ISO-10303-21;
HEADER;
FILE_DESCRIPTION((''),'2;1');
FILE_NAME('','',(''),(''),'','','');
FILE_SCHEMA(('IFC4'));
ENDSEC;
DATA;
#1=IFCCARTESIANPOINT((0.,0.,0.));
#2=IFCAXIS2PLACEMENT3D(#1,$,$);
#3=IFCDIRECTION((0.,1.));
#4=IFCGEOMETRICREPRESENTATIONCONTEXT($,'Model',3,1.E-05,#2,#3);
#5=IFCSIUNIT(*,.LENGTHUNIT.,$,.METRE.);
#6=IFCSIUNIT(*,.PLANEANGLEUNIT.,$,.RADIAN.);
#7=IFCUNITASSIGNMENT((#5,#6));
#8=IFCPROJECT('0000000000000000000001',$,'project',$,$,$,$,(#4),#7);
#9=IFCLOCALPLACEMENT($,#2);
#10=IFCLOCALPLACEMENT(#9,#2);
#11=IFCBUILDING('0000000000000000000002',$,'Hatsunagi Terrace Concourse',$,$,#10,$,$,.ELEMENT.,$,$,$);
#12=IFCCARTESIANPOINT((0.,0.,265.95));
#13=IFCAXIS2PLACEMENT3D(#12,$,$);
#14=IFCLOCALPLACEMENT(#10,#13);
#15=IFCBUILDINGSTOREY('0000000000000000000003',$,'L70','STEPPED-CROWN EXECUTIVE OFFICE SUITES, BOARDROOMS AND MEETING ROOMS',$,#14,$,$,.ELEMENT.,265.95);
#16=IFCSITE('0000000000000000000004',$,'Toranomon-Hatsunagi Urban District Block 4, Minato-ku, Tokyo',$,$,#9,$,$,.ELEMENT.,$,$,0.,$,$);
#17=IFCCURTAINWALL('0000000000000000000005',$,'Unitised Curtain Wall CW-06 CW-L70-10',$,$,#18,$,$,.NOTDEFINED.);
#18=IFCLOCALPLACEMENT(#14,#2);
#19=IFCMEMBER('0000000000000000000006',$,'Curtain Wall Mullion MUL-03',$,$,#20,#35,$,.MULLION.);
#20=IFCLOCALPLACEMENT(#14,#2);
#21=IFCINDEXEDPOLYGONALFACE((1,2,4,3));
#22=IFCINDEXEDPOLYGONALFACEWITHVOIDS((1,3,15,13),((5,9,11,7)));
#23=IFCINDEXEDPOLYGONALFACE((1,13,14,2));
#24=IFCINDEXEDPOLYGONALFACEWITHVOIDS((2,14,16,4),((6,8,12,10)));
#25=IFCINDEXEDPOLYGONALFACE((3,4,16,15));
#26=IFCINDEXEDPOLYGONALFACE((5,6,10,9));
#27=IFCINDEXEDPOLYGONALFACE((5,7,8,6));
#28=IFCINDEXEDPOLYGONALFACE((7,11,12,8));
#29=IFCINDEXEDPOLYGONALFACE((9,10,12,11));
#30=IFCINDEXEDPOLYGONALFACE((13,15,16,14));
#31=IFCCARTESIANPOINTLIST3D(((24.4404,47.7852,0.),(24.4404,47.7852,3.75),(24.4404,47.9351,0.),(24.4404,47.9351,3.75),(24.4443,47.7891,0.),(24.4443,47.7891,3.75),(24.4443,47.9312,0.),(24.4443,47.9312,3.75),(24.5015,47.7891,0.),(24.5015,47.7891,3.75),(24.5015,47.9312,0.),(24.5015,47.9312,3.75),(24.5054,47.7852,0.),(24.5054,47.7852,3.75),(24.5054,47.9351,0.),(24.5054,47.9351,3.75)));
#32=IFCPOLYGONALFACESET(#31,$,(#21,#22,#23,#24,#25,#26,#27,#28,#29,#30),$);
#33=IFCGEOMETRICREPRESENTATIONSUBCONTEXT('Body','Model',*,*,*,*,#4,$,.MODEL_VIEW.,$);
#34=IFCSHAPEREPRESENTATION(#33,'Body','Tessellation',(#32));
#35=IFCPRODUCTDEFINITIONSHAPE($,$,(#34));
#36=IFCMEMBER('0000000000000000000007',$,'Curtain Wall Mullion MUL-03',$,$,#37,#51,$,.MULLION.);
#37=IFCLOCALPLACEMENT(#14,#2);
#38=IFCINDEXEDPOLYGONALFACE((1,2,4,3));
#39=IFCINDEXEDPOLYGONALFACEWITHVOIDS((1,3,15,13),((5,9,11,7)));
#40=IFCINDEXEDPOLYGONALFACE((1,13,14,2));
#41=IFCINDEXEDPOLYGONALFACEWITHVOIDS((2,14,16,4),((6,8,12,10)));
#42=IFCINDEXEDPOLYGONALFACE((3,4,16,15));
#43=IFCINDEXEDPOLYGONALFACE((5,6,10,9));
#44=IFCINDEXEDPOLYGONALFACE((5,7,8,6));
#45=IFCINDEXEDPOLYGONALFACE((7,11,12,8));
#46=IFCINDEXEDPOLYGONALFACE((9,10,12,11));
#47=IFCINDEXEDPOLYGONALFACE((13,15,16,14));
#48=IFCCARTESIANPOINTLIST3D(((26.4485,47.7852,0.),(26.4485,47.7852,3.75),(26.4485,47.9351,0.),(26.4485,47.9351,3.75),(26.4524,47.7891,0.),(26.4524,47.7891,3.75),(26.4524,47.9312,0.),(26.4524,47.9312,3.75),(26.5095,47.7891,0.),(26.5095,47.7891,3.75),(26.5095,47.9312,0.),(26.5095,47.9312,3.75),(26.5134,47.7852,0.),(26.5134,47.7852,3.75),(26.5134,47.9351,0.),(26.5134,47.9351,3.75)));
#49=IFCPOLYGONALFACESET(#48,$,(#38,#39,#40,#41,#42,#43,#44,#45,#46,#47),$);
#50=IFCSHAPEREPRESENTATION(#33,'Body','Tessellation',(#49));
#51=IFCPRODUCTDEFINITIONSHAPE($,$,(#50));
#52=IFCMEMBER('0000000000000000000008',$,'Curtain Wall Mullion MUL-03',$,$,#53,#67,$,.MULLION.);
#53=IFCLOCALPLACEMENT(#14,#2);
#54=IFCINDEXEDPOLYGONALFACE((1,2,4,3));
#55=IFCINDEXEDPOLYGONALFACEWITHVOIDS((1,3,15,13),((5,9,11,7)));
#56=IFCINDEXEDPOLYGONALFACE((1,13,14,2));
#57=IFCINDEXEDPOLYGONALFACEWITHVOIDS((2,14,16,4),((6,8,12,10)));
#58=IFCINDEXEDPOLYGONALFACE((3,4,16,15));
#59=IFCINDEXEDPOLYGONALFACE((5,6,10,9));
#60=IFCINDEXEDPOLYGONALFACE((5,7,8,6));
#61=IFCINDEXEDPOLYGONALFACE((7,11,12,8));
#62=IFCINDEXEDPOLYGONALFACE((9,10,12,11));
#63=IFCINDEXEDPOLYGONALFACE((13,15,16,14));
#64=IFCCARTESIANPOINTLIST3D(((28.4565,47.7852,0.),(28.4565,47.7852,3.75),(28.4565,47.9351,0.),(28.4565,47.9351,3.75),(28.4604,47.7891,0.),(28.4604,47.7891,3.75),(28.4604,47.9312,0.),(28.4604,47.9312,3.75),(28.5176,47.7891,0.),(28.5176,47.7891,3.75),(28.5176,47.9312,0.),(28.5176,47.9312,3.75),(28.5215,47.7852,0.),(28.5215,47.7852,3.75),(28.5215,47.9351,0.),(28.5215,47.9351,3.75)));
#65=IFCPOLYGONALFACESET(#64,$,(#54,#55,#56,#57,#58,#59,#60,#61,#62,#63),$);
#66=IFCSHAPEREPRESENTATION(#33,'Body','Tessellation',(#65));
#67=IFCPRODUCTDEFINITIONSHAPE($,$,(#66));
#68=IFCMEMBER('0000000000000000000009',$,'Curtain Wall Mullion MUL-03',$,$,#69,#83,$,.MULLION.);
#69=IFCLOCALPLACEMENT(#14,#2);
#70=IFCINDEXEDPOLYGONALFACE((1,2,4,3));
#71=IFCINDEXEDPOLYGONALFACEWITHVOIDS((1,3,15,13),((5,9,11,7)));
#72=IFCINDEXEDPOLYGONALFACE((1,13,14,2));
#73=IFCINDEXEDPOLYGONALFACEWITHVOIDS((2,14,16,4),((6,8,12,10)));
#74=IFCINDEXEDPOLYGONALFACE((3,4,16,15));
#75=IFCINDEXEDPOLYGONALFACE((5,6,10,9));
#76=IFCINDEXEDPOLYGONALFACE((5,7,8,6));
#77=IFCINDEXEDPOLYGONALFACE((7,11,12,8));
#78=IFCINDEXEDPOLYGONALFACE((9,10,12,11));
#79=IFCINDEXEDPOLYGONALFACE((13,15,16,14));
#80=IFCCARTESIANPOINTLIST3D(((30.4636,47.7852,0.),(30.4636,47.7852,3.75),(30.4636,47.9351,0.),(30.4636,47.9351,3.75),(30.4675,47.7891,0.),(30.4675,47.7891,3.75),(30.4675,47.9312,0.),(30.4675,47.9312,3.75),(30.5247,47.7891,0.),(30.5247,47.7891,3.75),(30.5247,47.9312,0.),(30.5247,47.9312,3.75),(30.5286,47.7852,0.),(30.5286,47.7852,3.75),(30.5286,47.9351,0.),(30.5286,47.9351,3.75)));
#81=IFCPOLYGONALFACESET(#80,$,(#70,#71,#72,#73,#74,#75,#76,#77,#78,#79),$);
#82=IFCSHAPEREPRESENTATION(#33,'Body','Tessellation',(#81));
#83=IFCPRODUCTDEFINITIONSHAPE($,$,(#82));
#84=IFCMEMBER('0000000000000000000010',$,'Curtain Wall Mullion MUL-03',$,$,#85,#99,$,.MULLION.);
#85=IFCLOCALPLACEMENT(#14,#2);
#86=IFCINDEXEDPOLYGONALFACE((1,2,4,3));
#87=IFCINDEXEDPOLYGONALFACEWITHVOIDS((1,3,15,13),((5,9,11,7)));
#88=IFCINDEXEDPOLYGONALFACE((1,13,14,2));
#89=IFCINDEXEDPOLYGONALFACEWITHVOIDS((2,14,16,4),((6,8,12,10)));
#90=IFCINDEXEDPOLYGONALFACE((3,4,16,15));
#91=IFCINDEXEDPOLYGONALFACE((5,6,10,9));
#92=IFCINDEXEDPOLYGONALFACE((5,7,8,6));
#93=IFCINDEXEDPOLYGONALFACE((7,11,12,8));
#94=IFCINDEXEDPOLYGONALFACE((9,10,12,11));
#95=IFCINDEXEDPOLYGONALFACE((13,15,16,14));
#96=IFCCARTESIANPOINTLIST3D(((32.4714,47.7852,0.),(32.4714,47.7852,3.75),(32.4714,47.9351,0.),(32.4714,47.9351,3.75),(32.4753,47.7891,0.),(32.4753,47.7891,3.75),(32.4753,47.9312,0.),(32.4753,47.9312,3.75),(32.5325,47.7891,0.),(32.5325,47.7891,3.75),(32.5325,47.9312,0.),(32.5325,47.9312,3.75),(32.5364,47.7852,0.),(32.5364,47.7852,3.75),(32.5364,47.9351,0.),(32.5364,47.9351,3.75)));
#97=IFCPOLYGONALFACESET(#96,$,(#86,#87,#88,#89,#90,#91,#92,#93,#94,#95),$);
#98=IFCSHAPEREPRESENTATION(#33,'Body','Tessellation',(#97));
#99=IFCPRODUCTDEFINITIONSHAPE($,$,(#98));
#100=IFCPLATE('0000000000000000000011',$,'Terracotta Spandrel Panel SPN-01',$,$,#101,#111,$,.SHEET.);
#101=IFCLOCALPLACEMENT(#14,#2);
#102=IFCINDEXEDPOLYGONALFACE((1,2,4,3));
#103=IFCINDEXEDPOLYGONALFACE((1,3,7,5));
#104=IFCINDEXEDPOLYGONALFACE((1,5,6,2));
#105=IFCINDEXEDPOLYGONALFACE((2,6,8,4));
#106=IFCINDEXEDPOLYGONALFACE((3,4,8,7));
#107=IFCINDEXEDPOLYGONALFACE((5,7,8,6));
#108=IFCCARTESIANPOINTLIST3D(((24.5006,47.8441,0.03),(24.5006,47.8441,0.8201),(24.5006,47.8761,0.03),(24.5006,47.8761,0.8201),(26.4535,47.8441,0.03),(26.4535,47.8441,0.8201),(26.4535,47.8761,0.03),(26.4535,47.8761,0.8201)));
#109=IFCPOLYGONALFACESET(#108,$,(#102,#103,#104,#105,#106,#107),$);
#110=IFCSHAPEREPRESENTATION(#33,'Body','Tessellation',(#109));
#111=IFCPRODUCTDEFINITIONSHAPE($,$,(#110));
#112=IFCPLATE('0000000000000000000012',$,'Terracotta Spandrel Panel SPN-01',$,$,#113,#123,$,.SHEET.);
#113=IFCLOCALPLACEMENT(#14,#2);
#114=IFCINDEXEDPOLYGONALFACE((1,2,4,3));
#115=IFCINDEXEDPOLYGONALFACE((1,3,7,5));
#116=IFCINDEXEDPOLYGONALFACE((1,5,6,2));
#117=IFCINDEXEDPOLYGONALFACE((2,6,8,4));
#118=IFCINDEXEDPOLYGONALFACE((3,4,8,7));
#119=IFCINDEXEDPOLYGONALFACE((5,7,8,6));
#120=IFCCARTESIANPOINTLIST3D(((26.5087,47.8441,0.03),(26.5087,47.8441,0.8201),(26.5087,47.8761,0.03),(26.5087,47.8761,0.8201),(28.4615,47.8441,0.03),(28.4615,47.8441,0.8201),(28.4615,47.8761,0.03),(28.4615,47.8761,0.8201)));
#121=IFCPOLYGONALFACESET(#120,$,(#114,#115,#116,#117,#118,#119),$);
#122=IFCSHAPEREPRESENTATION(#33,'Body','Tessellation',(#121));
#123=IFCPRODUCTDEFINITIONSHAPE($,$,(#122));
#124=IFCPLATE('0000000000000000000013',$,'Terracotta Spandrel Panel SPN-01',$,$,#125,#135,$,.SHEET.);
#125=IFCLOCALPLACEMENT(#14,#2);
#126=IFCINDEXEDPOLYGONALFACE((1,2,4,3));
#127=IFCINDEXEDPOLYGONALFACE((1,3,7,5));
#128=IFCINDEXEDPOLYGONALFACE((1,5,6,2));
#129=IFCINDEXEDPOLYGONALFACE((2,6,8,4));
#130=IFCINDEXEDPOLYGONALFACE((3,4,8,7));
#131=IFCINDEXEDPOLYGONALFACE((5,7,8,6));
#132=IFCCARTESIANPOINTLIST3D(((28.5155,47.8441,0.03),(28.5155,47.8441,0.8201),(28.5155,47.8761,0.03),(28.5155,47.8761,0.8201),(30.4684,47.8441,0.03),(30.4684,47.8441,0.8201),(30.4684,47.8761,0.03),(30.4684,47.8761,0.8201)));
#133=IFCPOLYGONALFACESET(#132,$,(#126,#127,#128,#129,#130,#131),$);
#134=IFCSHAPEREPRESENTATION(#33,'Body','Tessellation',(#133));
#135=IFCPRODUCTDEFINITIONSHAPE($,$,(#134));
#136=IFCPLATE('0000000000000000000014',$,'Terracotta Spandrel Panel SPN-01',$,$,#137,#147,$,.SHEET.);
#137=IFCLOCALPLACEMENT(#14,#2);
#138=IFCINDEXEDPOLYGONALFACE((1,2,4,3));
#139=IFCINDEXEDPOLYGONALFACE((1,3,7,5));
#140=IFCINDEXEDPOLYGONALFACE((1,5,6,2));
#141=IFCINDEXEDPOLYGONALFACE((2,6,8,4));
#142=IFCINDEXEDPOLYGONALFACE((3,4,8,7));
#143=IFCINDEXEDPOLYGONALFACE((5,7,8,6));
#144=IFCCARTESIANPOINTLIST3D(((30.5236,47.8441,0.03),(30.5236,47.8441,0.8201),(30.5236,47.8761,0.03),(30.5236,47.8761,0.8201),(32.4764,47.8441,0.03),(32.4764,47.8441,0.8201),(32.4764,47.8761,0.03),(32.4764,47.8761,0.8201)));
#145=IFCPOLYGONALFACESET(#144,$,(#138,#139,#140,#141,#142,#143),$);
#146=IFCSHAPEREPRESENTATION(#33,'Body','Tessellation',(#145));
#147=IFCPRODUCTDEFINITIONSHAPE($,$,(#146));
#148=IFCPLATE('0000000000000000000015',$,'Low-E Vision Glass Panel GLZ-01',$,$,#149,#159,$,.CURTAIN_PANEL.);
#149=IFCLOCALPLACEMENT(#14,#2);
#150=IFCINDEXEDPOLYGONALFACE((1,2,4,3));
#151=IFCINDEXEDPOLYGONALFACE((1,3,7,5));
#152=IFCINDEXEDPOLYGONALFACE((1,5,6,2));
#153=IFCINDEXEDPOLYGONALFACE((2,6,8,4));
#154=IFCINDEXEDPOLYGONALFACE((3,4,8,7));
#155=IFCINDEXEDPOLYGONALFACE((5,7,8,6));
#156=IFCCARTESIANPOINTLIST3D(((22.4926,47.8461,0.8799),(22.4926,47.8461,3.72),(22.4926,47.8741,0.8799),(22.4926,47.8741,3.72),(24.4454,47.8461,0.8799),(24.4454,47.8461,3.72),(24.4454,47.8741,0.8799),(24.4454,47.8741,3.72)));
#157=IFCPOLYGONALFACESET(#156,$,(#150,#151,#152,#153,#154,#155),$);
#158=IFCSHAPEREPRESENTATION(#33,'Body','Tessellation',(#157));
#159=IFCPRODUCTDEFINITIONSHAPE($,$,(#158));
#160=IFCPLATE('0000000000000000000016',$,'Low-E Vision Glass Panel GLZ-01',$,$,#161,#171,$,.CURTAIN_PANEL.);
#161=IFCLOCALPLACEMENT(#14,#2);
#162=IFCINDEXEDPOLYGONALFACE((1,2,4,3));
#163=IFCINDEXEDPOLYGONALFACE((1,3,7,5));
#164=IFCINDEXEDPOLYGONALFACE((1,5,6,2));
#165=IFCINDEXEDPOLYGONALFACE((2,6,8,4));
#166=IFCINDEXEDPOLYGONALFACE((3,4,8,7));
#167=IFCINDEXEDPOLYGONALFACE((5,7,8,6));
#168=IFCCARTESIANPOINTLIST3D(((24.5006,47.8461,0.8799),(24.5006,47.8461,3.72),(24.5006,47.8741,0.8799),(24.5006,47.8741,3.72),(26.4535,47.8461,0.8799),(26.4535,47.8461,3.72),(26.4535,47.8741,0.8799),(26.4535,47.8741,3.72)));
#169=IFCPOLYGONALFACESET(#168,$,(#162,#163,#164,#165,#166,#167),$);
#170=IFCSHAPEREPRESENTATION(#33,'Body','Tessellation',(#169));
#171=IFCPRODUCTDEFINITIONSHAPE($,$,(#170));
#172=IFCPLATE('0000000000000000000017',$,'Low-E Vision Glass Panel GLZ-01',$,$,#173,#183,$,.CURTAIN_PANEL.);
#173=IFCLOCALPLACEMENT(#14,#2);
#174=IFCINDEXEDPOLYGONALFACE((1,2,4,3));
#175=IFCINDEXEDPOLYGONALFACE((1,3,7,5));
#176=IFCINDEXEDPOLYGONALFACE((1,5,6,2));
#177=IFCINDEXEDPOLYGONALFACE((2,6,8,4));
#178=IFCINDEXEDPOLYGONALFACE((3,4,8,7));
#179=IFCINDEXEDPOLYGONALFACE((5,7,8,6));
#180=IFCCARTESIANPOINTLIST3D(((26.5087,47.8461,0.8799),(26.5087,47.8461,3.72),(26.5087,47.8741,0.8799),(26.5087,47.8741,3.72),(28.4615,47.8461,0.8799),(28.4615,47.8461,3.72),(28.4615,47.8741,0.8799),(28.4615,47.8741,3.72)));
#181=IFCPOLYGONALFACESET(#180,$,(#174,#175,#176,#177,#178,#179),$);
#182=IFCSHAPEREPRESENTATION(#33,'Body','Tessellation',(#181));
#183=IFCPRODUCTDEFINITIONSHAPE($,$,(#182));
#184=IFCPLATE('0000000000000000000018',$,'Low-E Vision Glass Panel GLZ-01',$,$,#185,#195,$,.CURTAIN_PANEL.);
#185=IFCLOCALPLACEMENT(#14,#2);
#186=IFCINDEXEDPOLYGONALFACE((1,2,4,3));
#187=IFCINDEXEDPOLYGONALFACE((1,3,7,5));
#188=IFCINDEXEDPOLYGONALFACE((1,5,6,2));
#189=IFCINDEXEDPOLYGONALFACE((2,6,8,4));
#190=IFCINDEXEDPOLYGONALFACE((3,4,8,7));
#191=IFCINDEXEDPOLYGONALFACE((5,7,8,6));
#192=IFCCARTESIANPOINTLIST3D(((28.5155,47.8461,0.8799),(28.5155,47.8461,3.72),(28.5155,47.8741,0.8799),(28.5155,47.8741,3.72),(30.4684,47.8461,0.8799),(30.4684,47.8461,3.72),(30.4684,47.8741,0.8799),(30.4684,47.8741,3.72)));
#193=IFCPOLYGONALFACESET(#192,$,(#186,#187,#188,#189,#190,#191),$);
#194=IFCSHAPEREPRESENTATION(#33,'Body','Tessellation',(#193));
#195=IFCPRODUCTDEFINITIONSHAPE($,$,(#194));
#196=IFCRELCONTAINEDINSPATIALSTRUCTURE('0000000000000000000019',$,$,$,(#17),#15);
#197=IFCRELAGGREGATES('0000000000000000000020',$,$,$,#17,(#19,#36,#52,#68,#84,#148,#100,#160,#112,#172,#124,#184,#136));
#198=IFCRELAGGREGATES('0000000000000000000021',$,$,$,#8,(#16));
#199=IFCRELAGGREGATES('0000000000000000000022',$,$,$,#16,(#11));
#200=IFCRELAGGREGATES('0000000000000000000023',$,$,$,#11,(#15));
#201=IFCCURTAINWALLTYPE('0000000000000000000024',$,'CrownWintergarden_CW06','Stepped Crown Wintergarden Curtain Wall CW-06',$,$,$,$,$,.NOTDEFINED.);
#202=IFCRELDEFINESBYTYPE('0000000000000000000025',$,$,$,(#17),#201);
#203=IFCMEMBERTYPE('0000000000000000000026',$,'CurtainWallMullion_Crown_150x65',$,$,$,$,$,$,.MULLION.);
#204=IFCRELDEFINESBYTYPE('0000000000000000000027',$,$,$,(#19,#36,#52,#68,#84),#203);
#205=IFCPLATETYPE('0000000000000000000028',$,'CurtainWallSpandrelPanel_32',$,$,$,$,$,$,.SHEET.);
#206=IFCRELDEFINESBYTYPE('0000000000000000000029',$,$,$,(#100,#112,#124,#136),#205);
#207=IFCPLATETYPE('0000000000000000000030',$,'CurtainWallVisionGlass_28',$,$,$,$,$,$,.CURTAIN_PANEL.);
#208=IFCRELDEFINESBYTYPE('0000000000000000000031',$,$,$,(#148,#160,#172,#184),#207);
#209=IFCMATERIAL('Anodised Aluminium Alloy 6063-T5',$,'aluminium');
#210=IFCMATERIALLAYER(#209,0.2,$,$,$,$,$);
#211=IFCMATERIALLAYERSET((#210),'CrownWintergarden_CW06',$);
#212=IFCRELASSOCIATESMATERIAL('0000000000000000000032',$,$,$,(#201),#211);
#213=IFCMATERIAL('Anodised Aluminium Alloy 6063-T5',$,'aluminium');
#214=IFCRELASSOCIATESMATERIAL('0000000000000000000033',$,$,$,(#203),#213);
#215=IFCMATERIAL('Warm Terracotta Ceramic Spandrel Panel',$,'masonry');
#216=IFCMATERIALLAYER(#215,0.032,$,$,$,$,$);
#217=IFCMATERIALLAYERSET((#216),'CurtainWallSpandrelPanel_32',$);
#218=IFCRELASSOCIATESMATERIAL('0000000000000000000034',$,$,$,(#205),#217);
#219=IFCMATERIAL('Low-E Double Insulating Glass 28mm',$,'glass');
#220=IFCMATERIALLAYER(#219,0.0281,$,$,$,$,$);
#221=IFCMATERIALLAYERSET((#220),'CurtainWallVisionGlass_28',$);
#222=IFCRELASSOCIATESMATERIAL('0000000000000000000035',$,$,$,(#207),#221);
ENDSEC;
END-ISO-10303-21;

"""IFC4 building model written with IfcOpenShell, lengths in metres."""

from ifc_helpers import new_model, si_unit, direction, frame, origin, origin_2d, place, context, subcontext, project, spatial, rectangle, hollow_rectangle, extrude, material, layer, layer_set, material_profile, profile_set, type_object, element, aggregate, save


model = new_model("IFC4")

# Units and contexts
model_context = context("Model", 3, precision=1e-05, world=origin(), true_north=direction((0.0, 1.0)))
body_context = subcontext(model_context, "Body", "Model", "MODEL_VIEW")
ifc_project = project(units=[si_unit("LENGTHUNIT", "METRE"), si_unit("PLANEANGLEUNIT", "RADIAN")], contexts=[model_context])

# Site, building, storey
site_placement = place(None, origin())
site = spatial("IfcSite", under=ifc_project, at=site_placement, Name="Toranomon-Hatsunagi Urban District Block 4, Minato-ku, Tokyo", CompositionType="ELEMENT", RefElevation=0.0)
building_placement = place(site_placement, origin())
building = spatial("IfcBuilding", under=site, at=building_placement, Name="Hatsunagi Terrace Concourse", CompositionType="ELEMENT")
storey_placement = place(building_placement, frame((0.0, 0.0, 265.95)))
storey = spatial("IfcBuildingStorey", under=building, at=storey_placement, Name="L70", Description="STEPPED-CROWN EXECUTIVE OFFICE SUITES, BOARDROOMS AND MEETING ROOMS", CompositionType="ELEMENT", Elevation=265.95)

# Curtain wall, members, plates
ifc_material_1 = material(Name="Anodised Aluminium Alloy 6063-T5", Category="aluminium")
ifc_layer_1 = layer(ifc_material_1, 0.2)
ifc_layer_set_1 = layer_set([ifc_layer_1], Name="CrownWintergarden_CW06")
curtain_wall_type = type_object("IfcCurtainWallType", Name="CrownWintergarden_CW06", Description="Stepped Crown Wintergarden Curtain Wall CW-06", PredefinedType="NOTDEFINED", material=ifc_layer_set_1)
curtain_wall_placement = place(storey_placement, origin())
curtain_wall = element("IfcCurtainWall", 1, at=curtain_wall_placement, inside=storey, type_object=curtain_wall_type, Name="Unitised Curtain Wall CW-06 CW-L70-10", PredefinedType="NOTDEFINED")
ifc_material_2 = material(Name="Anodised Aluminium Alloy 6063-T5", Category="aluminium")
ifc_material_profile = material_profile(ifc_material_2, hollow_rectangle(XDim=0.0649, YDim=0.1499, WallThickness=0.0039, at=origin_2d()), Name="ALU-MUL-150x65x4")
ifc_profile_set = profile_set([ifc_material_profile], Name="Anodised Aluminium Alloy 6063-T5")
member_type = type_object("IfcMemberType", Name="CurtainWallMullion_Crown_150x65", PredefinedType="MULLION", material=ifc_profile_set)
member_1_placement = place(storey_placement, frame((24.4729, 47.8601, 0.0), z_axis=(0.0, 0.0, 1.0), x_axis=(1.0, 0.0, 0.0)))
member_1 = element("IfcMember", 2, at=member_1_placement, type_object=member_type, Name="Curtain Wall Mullion MUL-03", PredefinedType="MULLION", context=body_context, shape_type="SweptSolid", body=[
    extrude(hollow_rectangle(XDim=0.0649, YDim=0.1499, WallThickness=0.0039, at=origin_2d()), origin(), (0.0, 0.0, 1.0), 3.75),
])
member_2_placement = place(storey_placement, frame((26.481, 47.8601, 0.0), z_axis=(0.0, 0.0, 1.0), x_axis=(1.0, 0.0, 0.0)))
member_2 = element("IfcMember", 3, at=member_2_placement, type_object=member_type, Name="Curtain Wall Mullion MUL-03", PredefinedType="MULLION", context=body_context, shape_type="SweptSolid", body=[
    extrude(hollow_rectangle(XDim=0.0649, YDim=0.1499, WallThickness=0.0039, at=origin_2d()), origin(), (0.0, 0.0, 1.0), 3.75),
])
member_3_placement = place(storey_placement, frame((28.489, 47.8601, 0.0), z_axis=(0.0, 0.0, 1.0), x_axis=(1.0, 0.0, 0.0)))
member_3 = element("IfcMember", 4, at=member_3_placement, type_object=member_type, Name="Curtain Wall Mullion MUL-03", PredefinedType="MULLION", context=body_context, shape_type="SweptSolid", body=[
    extrude(hollow_rectangle(XDim=0.0649, YDim=0.1499, WallThickness=0.0039, at=origin_2d()), origin(), (0.0, 0.0, 1.0), 3.75),
])
member_4_placement = place(storey_placement, frame((30.4961, 47.8601, 0.0), z_axis=(0.0, 0.0, 1.0), x_axis=(1.0, 0.0, 0.0)))
member_4 = element("IfcMember", 5, at=member_4_placement, type_object=member_type, Name="Curtain Wall Mullion MUL-03", PredefinedType="MULLION", context=body_context, shape_type="SweptSolid", body=[
    extrude(hollow_rectangle(XDim=0.0649, YDim=0.1499, WallThickness=0.0039, at=origin_2d()), origin(), (0.0, 0.0, 1.0), 3.75),
])
member_5_placement = place(storey_placement, frame((32.5039, 47.8601, 0.0), z_axis=(0.0, 0.0, 1.0), x_axis=(1.0, 0.0, 0.0)))
member_5 = element("IfcMember", 6, at=member_5_placement, type_object=member_type, Name="Curtain Wall Mullion MUL-03", PredefinedType="MULLION", context=body_context, shape_type="SweptSolid", body=[
    extrude(hollow_rectangle(XDim=0.0649, YDim=0.1499, WallThickness=0.0039, at=origin_2d()), origin(), (0.0, 0.0, 1.0), 3.75),
])
ifc_material_3 = material(Name="Warm Terracotta Ceramic Spandrel Panel", Category="masonry")
ifc_layer_2 = layer(ifc_material_3, 0.032)
ifc_layer_set_2 = layer_set([ifc_layer_2], Name="CurtainWallSpandrelPanel_32")
plate_type_1 = type_object("IfcPlateType", Name="CurtainWallSpandrelPanel_32", PredefinedType="SHEET", material=ifc_layer_set_2)
plate_1_placement = place(storey_placement, frame((25.4771, 47.8601, 0.03), z_axis=(0.0, 0.0, 1.0), x_axis=(1.0, 0.0, 0.0)))
plate_1 = element("IfcPlate", 7, at=plate_1_placement, type_object=plate_type_1, Name="Terracotta Spandrel Panel SPN-01", PredefinedType="SHEET", context=body_context, shape_type="SweptSolid", body=[
    extrude(rectangle(XDim=1.9529, YDim=0.032, at=origin_2d()), origin(), (0.0, 0.0, 1.0), 0.79),
])
plate_2_placement = place(storey_placement, frame((27.4851, 47.8601, 0.03), z_axis=(0.0, 0.0, 1.0), x_axis=(1.0, 0.0, 0.0)))
plate_2 = element("IfcPlate", 8, at=plate_2_placement, type_object=plate_type_1, Name="Terracotta Spandrel Panel SPN-01", PredefinedType="SHEET", context=body_context, shape_type="SweptSolid", body=[
    extrude(rectangle(XDim=1.9529, YDim=0.032, at=origin_2d()), origin(), (0.0, 0.0, 1.0), 0.79),
])
plate_3_placement = place(storey_placement, frame((29.4919, 47.8601, 0.03), z_axis=(0.0, 0.0, 1.0), x_axis=(1.0, 0.0, 0.0)))
plate_3 = element("IfcPlate", 9, at=plate_3_placement, type_object=plate_type_1, Name="Terracotta Spandrel Panel SPN-01", PredefinedType="SHEET", context=body_context, shape_type="SweptSolid", body=[
    extrude(rectangle(XDim=1.9529, YDim=0.032, at=origin_2d()), origin(), (0.0, 0.0, 1.0), 0.79),
])
plate_4_placement = place(storey_placement, frame((31.5, 47.8601, 0.03), z_axis=(0.0, 0.0, 1.0), x_axis=(1.0, 0.0, 0.0)))
plate_4 = element("IfcPlate", 10, at=plate_4_placement, type_object=plate_type_1, Name="Terracotta Spandrel Panel SPN-01", PredefinedType="SHEET", context=body_context, shape_type="SweptSolid", body=[
    extrude(rectangle(XDim=1.9529, YDim=0.032, at=origin_2d()), origin(), (0.0, 0.0, 1.0), 0.79),
])
ifc_material_4 = material(Name="Low-E Double Insulating Glass 28mm", Category="glass")
ifc_layer_3 = layer(ifc_material_4, 0.0281)
ifc_layer_set_3 = layer_set([ifc_layer_3], Name="CurtainWallVisionGlass_28")
plate_type_2 = type_object("IfcPlateType", Name="CurtainWallVisionGlass_28", PredefinedType="CURTAIN_PANEL", material=ifc_layer_set_3)
plate_5_placement = place(storey_placement, frame((23.469, 47.8601, 0.8799), z_axis=(0.0, 0.0, 1.0), x_axis=(1.0, 0.0, 0.0)))
plate_5 = element("IfcPlate", 11, at=plate_5_placement, type_object=plate_type_2, Name="Low-E Vision Glass Panel GLZ-01", PredefinedType="CURTAIN_PANEL", context=body_context, shape_type="SweptSolid", body=[
    extrude(rectangle(XDim=1.9529, YDim=0.0281, at=origin_2d()), origin(), (0.0, 0.0, 1.0), 2.8401),
])
plate_6_placement = place(storey_placement, frame((25.4771, 47.8601, 0.8799), z_axis=(0.0, 0.0, 1.0), x_axis=(1.0, 0.0, 0.0)))
plate_6 = element("IfcPlate", 12, at=plate_6_placement, type_object=plate_type_2, Name="Low-E Vision Glass Panel GLZ-01", PredefinedType="CURTAIN_PANEL", context=body_context, shape_type="SweptSolid", body=[
    extrude(rectangle(XDim=1.9529, YDim=0.0281, at=origin_2d()), origin(), (0.0, 0.0, 1.0), 2.8401),
])
plate_7_placement = place(storey_placement, frame((27.4851, 47.8601, 0.8799), z_axis=(0.0, 0.0, 1.0), x_axis=(1.0, 0.0, 0.0)))
plate_7 = element("IfcPlate", 13, at=plate_7_placement, type_object=plate_type_2, Name="Low-E Vision Glass Panel GLZ-01", PredefinedType="CURTAIN_PANEL", context=body_context, shape_type="SweptSolid", body=[
    extrude(rectangle(XDim=1.9529, YDim=0.0281, at=origin_2d()), origin(), (0.0, 0.0, 1.0), 2.8401),
])
plate_8_placement = place(storey_placement, frame((29.4919, 47.8601, 0.8799), z_axis=(0.0, 0.0, 1.0), x_axis=(1.0, 0.0, 0.0)))
plate_8 = element("IfcPlate", 14, at=plate_8_placement, type_object=plate_type_2, Name="Low-E Vision Glass Panel GLZ-01", PredefinedType="CURTAIN_PANEL", context=body_context, shape_type="SweptSolid", body=[
    extrude(rectangle(XDim=1.9529, YDim=0.0281, at=origin_2d()), origin(), (0.0, 0.0, 1.0), 2.8401),
])
aggregate(curtain_wall, [member_1, member_2, member_3, member_4, member_5, plate_5, plate_1, plate_6, plate_2, plate_7, plate_3, plate_8, plate_4])

save(model, "model.ifc")
